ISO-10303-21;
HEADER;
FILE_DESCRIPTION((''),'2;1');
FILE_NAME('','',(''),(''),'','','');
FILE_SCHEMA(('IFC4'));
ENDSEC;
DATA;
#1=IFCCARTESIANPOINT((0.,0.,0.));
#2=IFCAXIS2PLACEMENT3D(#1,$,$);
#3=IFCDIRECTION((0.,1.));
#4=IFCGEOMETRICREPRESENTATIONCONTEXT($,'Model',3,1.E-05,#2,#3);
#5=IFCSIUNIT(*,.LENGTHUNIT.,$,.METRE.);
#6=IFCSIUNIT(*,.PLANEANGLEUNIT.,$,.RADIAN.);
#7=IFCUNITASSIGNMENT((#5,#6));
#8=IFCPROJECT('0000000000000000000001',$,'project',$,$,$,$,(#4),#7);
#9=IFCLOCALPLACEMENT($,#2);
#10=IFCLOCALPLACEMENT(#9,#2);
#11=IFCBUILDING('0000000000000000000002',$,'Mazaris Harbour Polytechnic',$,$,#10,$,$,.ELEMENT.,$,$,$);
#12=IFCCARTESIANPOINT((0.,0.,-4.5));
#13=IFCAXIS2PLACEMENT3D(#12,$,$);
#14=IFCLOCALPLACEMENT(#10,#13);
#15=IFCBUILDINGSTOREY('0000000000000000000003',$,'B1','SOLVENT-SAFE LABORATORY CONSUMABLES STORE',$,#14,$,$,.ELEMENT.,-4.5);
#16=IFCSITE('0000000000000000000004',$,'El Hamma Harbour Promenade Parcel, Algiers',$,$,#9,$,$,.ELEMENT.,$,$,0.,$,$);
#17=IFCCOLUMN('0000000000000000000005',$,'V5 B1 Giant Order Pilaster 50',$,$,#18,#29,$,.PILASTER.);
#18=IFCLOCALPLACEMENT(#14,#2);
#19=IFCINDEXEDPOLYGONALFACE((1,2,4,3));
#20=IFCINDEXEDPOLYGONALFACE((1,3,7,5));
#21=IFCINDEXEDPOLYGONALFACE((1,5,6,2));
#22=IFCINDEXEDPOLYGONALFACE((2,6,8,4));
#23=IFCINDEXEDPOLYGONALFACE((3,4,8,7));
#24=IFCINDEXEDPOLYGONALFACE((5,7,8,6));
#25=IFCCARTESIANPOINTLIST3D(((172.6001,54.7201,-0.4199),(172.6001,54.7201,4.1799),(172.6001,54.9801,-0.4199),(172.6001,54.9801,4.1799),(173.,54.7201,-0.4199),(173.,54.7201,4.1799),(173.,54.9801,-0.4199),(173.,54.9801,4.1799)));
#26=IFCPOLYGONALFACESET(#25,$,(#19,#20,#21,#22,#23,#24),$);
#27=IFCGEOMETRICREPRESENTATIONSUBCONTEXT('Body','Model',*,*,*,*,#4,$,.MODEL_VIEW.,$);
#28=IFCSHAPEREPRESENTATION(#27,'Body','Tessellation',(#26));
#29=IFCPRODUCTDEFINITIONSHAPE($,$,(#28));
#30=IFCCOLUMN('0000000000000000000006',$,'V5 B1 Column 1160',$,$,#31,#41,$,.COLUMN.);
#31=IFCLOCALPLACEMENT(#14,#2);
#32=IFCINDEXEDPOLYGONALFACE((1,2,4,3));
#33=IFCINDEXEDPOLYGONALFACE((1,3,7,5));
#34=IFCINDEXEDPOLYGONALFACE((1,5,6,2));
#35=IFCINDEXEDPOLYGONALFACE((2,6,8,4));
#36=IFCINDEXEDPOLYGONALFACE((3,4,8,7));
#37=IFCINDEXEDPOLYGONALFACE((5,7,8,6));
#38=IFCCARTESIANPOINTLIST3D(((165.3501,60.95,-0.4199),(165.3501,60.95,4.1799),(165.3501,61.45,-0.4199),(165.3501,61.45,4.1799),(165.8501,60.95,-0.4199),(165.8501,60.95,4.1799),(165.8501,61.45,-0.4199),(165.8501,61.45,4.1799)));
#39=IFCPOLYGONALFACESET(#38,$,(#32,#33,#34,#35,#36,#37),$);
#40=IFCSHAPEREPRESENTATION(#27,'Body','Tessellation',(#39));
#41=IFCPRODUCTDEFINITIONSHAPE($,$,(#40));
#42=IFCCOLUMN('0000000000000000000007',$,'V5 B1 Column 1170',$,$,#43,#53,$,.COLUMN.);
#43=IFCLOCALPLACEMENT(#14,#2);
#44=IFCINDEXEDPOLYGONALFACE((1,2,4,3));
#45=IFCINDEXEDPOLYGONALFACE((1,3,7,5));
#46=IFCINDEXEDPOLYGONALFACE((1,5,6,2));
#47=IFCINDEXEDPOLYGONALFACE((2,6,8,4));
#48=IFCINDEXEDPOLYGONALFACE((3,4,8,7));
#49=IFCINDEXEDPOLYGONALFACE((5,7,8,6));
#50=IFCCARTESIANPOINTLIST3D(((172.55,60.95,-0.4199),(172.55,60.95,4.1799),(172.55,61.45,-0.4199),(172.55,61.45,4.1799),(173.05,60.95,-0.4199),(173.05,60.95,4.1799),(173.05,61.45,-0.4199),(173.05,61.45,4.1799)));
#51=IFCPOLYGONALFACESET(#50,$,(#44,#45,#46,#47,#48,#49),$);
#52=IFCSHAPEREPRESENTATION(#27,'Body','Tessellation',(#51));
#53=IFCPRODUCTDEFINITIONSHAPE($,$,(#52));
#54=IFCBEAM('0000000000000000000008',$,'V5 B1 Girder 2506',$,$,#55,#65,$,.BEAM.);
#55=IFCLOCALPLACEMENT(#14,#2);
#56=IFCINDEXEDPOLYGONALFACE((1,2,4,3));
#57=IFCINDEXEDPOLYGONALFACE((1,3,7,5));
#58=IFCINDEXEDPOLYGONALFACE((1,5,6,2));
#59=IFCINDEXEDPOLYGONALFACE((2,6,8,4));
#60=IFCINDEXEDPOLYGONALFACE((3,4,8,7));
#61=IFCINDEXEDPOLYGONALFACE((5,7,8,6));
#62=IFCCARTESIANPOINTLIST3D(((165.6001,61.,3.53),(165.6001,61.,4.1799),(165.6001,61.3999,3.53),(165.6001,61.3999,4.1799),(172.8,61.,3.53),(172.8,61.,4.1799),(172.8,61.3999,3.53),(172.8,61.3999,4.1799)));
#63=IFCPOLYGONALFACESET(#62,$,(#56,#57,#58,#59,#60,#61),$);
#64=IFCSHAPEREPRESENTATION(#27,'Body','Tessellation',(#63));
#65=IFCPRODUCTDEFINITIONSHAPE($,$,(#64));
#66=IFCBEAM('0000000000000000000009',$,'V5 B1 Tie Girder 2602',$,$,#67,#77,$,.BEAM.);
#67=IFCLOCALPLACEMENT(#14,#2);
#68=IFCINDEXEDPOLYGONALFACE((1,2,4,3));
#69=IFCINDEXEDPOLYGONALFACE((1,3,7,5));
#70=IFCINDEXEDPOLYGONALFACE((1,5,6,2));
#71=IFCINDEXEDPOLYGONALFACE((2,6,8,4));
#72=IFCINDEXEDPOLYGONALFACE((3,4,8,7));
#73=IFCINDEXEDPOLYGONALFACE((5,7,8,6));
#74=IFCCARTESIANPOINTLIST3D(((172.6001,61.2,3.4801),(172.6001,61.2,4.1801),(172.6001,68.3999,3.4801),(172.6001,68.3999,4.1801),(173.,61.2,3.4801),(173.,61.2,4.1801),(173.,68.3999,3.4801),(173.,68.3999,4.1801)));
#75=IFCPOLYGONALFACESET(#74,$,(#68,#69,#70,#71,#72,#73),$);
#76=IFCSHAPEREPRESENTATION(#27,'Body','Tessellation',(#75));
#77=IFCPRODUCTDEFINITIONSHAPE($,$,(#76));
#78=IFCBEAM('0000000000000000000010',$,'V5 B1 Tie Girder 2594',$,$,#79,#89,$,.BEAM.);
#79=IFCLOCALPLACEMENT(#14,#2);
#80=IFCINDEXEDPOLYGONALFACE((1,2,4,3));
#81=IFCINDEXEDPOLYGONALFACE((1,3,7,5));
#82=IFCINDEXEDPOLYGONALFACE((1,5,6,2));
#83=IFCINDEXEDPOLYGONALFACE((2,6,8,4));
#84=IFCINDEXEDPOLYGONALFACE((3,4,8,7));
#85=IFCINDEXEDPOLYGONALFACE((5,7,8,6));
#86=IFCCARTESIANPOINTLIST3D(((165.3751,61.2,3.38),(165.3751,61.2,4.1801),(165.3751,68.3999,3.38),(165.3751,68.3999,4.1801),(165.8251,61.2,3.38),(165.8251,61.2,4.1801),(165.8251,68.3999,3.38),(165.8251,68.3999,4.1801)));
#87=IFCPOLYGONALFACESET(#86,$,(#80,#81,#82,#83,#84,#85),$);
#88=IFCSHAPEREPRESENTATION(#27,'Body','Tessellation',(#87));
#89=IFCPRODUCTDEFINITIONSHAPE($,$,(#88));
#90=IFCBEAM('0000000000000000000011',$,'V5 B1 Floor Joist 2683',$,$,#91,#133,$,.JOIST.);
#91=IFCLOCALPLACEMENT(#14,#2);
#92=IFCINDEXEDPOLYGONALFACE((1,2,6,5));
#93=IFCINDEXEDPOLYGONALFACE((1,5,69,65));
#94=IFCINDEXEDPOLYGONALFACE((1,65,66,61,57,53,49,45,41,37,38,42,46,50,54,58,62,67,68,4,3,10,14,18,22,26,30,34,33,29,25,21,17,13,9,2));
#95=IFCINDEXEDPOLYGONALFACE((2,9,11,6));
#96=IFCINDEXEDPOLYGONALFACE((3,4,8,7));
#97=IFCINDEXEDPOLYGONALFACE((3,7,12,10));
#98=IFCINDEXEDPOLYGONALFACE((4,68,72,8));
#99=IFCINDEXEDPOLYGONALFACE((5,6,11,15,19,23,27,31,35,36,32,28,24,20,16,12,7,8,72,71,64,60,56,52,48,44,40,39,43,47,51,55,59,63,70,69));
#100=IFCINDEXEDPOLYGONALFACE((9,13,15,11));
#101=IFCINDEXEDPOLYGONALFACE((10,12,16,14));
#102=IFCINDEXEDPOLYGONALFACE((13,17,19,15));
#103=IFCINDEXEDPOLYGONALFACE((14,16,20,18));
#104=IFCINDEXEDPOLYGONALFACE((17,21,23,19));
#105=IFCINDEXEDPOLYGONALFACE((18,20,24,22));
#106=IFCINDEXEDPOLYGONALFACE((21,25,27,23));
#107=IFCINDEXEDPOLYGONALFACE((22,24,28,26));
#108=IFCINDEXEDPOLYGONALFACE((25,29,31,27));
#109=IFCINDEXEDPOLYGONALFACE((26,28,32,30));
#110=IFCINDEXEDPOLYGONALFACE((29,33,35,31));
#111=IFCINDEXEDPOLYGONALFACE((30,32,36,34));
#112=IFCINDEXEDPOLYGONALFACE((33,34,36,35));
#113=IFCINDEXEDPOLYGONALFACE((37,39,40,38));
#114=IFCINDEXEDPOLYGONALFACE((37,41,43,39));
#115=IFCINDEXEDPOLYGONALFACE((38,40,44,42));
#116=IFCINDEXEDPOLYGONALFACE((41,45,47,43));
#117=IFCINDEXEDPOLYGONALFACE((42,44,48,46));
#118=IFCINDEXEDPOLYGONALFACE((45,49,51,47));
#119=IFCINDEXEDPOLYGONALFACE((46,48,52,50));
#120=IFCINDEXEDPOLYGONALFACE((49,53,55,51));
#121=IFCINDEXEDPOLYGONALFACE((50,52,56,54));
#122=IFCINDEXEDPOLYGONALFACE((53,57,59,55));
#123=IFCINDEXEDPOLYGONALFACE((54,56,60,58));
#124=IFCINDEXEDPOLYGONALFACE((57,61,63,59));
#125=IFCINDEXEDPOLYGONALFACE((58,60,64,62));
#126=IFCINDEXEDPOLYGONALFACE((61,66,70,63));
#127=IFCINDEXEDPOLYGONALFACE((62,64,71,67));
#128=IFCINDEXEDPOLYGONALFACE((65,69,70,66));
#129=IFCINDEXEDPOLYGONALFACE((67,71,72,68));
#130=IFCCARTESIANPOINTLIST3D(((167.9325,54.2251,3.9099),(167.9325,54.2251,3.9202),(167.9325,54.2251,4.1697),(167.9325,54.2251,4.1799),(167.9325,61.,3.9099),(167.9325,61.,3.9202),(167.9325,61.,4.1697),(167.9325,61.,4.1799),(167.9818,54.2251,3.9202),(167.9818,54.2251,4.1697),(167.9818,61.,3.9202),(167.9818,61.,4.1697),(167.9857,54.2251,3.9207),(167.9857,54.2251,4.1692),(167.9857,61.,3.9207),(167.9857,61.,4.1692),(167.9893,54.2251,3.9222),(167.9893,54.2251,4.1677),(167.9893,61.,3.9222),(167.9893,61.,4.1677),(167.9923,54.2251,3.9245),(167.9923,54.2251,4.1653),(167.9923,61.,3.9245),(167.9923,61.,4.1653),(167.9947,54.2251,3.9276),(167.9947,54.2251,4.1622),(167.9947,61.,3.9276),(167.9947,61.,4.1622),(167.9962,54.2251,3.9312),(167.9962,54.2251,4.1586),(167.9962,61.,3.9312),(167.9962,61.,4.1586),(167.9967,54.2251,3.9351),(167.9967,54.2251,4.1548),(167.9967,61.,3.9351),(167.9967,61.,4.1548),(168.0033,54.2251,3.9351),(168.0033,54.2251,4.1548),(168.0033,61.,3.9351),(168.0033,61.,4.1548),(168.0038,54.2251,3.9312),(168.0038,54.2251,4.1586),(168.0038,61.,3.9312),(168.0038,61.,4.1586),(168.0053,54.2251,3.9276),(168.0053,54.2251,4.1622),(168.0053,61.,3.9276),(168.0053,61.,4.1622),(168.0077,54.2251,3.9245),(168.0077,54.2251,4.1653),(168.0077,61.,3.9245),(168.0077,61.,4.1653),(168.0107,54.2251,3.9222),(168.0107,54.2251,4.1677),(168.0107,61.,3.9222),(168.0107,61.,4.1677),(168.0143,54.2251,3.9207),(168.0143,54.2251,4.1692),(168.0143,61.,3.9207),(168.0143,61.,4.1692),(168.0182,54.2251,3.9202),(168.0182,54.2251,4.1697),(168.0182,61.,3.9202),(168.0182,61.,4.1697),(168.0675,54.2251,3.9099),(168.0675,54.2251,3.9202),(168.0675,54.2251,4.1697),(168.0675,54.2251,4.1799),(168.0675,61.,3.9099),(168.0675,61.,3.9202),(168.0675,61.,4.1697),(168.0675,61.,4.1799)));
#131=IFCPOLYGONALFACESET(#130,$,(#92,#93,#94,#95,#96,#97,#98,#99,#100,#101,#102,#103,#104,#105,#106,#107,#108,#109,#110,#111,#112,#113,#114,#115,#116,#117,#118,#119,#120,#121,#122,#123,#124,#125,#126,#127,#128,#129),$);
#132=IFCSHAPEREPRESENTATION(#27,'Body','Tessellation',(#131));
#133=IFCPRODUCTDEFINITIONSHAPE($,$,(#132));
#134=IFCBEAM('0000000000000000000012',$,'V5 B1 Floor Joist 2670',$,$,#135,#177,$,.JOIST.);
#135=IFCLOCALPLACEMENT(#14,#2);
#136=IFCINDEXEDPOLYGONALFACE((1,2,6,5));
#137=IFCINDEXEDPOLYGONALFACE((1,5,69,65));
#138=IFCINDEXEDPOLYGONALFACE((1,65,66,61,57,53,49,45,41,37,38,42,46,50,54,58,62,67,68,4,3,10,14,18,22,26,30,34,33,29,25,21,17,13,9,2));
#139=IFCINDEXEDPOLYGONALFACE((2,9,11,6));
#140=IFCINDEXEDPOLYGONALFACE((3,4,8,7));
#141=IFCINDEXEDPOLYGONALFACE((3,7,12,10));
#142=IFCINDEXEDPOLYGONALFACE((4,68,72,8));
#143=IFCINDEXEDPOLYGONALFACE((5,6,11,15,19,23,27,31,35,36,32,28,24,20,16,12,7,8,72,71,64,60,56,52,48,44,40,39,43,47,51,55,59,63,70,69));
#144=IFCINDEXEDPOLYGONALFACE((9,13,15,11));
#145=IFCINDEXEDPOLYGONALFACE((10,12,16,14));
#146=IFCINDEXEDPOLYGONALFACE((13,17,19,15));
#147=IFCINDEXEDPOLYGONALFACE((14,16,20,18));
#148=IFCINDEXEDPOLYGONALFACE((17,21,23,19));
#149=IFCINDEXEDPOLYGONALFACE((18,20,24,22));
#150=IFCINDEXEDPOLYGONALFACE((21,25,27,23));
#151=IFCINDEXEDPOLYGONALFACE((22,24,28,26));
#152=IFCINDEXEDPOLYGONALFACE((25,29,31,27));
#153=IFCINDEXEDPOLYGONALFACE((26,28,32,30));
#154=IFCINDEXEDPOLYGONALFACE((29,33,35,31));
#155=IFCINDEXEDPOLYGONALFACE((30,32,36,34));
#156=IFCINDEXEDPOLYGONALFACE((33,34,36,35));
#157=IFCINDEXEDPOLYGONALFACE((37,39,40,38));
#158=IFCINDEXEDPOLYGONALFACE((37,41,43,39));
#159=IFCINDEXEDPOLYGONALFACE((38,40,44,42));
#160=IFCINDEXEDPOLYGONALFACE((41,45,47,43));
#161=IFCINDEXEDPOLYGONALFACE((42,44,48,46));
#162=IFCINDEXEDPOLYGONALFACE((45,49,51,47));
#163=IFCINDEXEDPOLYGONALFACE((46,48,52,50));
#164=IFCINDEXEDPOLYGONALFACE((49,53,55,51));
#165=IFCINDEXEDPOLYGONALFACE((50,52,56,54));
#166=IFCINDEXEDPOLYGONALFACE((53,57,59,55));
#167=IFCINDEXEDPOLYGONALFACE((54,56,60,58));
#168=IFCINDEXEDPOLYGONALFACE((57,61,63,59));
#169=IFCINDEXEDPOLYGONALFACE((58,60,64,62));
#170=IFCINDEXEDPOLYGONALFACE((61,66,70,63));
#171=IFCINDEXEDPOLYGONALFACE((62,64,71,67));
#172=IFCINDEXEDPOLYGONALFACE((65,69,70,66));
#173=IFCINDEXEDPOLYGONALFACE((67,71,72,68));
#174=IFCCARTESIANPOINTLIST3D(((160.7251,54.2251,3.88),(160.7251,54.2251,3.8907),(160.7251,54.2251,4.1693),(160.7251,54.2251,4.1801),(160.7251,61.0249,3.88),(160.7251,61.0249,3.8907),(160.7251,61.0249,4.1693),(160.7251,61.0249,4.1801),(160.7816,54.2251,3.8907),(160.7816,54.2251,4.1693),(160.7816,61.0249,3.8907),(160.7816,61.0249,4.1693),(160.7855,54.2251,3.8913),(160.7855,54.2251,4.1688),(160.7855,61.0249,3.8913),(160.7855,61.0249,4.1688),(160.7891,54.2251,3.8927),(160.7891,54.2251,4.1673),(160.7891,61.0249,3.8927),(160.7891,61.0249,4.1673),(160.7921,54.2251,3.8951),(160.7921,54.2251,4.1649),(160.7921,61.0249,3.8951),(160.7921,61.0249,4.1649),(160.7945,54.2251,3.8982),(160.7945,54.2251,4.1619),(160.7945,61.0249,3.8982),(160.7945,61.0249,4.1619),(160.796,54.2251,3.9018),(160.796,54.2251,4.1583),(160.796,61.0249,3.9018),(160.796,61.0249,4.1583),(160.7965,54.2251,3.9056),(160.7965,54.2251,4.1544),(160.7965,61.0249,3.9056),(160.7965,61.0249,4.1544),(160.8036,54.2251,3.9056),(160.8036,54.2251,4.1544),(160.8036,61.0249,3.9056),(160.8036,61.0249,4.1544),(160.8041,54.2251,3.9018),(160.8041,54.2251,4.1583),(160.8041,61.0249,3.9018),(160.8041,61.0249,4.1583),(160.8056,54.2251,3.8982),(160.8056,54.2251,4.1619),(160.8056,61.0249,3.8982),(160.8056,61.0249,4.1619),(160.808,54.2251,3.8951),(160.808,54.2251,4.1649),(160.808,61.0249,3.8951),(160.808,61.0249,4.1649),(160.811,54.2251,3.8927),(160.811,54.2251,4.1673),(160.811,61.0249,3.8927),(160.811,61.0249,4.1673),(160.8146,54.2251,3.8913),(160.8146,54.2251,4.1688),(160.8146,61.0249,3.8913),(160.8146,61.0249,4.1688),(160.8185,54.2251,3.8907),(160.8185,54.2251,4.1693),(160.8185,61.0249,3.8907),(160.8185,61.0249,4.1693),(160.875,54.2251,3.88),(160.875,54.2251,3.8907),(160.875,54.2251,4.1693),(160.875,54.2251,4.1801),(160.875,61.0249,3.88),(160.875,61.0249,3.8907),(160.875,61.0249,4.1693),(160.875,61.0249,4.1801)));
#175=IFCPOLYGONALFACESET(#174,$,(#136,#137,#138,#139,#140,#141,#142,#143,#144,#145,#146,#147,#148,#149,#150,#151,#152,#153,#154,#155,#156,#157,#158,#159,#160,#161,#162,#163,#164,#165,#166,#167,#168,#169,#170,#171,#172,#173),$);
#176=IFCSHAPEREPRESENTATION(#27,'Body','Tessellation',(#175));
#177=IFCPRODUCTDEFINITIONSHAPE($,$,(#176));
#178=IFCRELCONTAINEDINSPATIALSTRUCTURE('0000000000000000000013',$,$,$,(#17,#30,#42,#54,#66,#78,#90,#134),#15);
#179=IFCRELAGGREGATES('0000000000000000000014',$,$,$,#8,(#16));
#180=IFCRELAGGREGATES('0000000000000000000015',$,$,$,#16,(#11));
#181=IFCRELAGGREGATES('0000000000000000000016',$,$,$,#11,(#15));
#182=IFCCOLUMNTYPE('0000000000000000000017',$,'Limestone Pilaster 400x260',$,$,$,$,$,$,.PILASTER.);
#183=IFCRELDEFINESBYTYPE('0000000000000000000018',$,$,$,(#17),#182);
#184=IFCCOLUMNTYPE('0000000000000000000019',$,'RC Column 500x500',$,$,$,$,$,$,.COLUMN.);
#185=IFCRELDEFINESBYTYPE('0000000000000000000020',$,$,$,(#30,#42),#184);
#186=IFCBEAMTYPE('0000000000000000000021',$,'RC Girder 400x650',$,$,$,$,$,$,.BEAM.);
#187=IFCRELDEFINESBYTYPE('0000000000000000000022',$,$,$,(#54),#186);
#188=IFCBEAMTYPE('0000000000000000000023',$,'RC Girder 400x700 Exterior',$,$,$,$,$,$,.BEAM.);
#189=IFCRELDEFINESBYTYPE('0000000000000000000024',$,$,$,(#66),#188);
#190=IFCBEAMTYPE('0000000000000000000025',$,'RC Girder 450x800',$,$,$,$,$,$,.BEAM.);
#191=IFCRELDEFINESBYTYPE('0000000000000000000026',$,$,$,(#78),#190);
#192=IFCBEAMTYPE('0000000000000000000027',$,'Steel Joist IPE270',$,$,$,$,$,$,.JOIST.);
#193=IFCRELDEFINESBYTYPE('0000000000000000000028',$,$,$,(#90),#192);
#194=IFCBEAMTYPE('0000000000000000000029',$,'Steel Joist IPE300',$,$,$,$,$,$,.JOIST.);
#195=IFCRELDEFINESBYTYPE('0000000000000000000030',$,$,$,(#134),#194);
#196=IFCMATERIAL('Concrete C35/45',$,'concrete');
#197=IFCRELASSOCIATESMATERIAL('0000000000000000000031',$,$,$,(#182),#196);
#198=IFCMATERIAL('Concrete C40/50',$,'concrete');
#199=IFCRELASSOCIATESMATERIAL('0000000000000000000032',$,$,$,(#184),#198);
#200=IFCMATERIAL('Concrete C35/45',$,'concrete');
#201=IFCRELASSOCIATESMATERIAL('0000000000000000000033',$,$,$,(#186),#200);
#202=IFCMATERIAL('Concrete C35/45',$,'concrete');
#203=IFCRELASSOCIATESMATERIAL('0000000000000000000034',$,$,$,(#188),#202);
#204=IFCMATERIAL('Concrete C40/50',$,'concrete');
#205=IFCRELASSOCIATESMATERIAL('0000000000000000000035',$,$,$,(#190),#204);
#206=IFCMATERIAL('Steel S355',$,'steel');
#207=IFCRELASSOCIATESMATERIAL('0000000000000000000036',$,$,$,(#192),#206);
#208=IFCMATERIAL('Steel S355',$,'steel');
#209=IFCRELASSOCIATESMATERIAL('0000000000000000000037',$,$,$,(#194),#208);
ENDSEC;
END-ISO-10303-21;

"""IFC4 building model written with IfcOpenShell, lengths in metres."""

from ifc_helpers import new_model, si_unit, direction, frame, origin, origin_2d, place, context, subcontext, project, spatial, rectangle, i_section, extrude, material, material_profile, profile_set, type_object, element, save


model = new_model("IFC4")

# Units and contexts
model_context = context("Model", 3, precision=1e-05, world=origin(), true_north=direction((0.0, 1.0)))
body_context = subcontext(model_context, "Body", "Model", "MODEL_VIEW")
ifc_project = project(units=[si_unit("LENGTHUNIT", "METRE"), si_unit("PLANEANGLEUNIT", "RADIAN")], contexts=[model_context])

# Site, building, storey
site_placement = place(None, origin())
site = spatial("IfcSite", under=ifc_project, at=site_placement, Name="El Hamma Harbour Promenade Parcel, Algiers", CompositionType="ELEMENT", RefElevation=0.0)
building_placement = place(site_placement, origin())
building = spatial("IfcBuilding", under=site, at=building_placement, Name="Mazaris Harbour Polytechnic", CompositionType="ELEMENT")
storey_placement = place(building_placement, frame((0.0, 0.0, -4.5)))
storey = spatial("IfcBuildingStorey", under=building, at=storey_placement, Name="B1", Description="SOLVENT-SAFE LABORATORY CONSUMABLES STORE", CompositionType="ELEMENT", Elevation=-4.5)

# Columns
ifc_material_1 = material(Name="Concrete C35/45", Category="concrete")
ifc_material_profile_1 = material_profile(ifc_material_1, rectangle(XDim=0.3999, YDim=0.26, at=origin_2d()), Name="RECT400x260")
ifc_profile_set_1 = profile_set([ifc_material_profile_1], Name="Concrete C35/45")
column_type_1 = type_object("IfcColumnType", Name="Limestone Pilaster 400x260", PredefinedType="PILASTER", material=ifc_profile_set_1)
column_placement = place(storey_placement, frame((172.8, 54.8501, -0.4199), z_axis=(0.0, 0.0, 1.0), x_axis=(1.0, 0.0, 0.0)))
element("IfcColumn", 1, at=column_placement, inside=storey, type_object=column_type_1, Name="V5 B1 Giant Order Pilaster 50", PredefinedType="PILASTER", context=body_context, shape_type="SweptSolid", body=[
    extrude(rectangle(XDim=0.3999, YDim=0.26, at=origin_2d()), origin(), (0.0, 0.0, 1.0), 4.5999),
])
ifc_material_2 = material(Name="Concrete C40/50", Category="concrete")
ifc_material_profile_2 = material_profile(ifc_material_2, rectangle(XDim=0.5, YDim=0.5, at=origin_2d()), Name="RECT500x500")
ifc_profile_set_2 = profile_set([ifc_material_profile_2], Name="Concrete C40/50")
column_type_2 = type_object("IfcColumnType", Name="RC Column 500x500", PredefinedType="COLUMN", material=ifc_profile_set_2)
for number, where, z_axis, x_axis, name in (
    (2, (165.6001, 61.2, -0.4199), (0.0, 0.0, 1.0), (1.0, 0.0, 0.0), "V5 B1 Column 1160"),
    (3, (172.8, 61.2, -0.4199), (0.0, 0.0, 1.0), (1.0, 0.0, 0.0), "V5 B1 Column 1170"),
):
    element("IfcColumn", number, at=place(storey_placement, frame(where, z_axis=z_axis, x_axis=x_axis)), inside=storey, type_object=column_type_2, Name=name, PredefinedType="COLUMN", context=body_context, shape_type="SweptSolid", body=[
        extrude(rectangle(XDim=0.5, YDim=0.5, at=origin_2d()), origin(), (0.0, 0.0, 1.0), 4.5999),
    ])

# Beams
ifc_material_3 = material(Name="Concrete C35/45", Category="concrete")
ifc_material_profile_3 = material_profile(ifc_material_3, rectangle(XDim=0.3999, YDim=0.6499, at=origin_2d()), Name="RECT400x650")
ifc_profile_set_3 = profile_set([ifc_material_profile_3], Name="Concrete C35/45")
beam_type_1 = type_object("IfcBeamType", Name="RC Girder 400x650", PredefinedType="BEAM", material=ifc_profile_set_3)
beam_1_placement = place(storey_placement, frame((165.6001, 61.2, 3.855), z_axis=(1.0, 0.0, 0.0), x_axis=(0.0, 1.0, 0.0)))
element("IfcBeam", 4, at=beam_1_placement, inside=storey, type_object=beam_type_1, Name="V5 B1 Girder 2506", PredefinedType="BEAM", context=body_context, shape_type="SweptSolid", body=[
    extrude(rectangle(XDim=0.3999, YDim=0.6499, at=origin_2d()), origin(), (0.0, 0.0, 1.0), 7.2),
])
ifc_material_4 = material(Name="Concrete C35/45", Category="concrete")
ifc_material_profile_4 = material_profile(ifc_material_4, rectangle(XDim=0.3999, YDim=0.7, at=origin_2d()), Name="RECT400x700")
ifc_profile_set_4 = profile_set([ifc_material_profile_4], Name="Concrete C35/45")
beam_type_2 = type_object("IfcBeamType", Name="RC Girder 400x700 Exterior", PredefinedType="BEAM", material=ifc_profile_set_4)
beam_2_placement = place(storey_placement, frame((172.8, 61.2, 3.8301), z_axis=(0.0, 1.0, 0.0), x_axis=(-1.0, 0.0, 0.0)))
element("IfcBeam", 5, at=beam_2_placement, inside=storey, type_object=beam_type_2, Name="V5 B1 Tie Girder 2602", PredefinedType="BEAM", context=body_context, shape_type="SweptSolid", body=[
    extrude(rectangle(XDim=0.3999, YDim=0.7, at=origin_2d()), origin(), (0.0, 0.0, 1.0), 7.2),
])
ifc_material_5 = material(Name="Concrete C40/50", Category="concrete")
ifc_material_profile_5 = material_profile(ifc_material_5, rectangle(XDim=0.45, YDim=0.8, at=origin_2d()), Name="RECT450x800")
ifc_profile_set_5 = profile_set([ifc_material_profile_5], Name="Concrete C40/50")
beam_type_3 = type_object("IfcBeamType", Name="RC Girder 450x800", PredefinedType="BEAM", material=ifc_profile_set_5)
beam_3_placement = place(storey_placement, frame((165.6001, 61.2, 3.78), z_axis=(0.0, 1.0, 0.0), x_axis=(-1.0, 0.0, 0.0)))
element("IfcBeam", 6, at=beam_3_placement, inside=storey, type_object=beam_type_3, Name="V5 B1 Tie Girder 2594", PredefinedType="BEAM", context=body_context, shape_type="SweptSolid", body=[
    extrude(rectangle(XDim=0.45, YDim=0.8, at=origin_2d()), origin(), (0.0, 0.0, 1.0), 7.2),
])
ifc_material_6 = material(Name="Steel S355", Category="steel")
ifc_material_profile_6 = material_profile(ifc_material_6, i_section(OverallWidth=0.135, OverallDepth=0.27, WebThickness=0.0066, FlangeThickness=0.0103, FilletRadius=0.0149, at=origin_2d()), Name="IPE 270")
ifc_profile_set_6 = profile_set([ifc_material_profile_6], Name="Steel S355")
beam_type_4 = type_object("IfcBeamType", Name="Steel Joist IPE270", PredefinedType="JOIST", material=ifc_profile_set_6)
beam_4_placement = place(storey_placement, frame((168.0, 54.2251, 4.0449), z_axis=(0.0, 1.0, 0.0), x_axis=(-1.0, 0.0, 0.0)))
element("IfcBeam", 7, at=beam_4_placement, inside=storey, type_object=beam_type_4, Name="V5 B1 Floor Joist 2683", PredefinedType="JOIST", context=body_context, shape_type="SweptSolid", body=[
    extrude(i_section(OverallWidth=0.135, OverallDepth=0.27, WebThickness=0.0066, FlangeThickness=0.0103, FilletRadius=0.0149, at=origin_2d()), origin(), (0.0, 0.0, 1.0), 6.7749),
])
ifc_material_7 = material(Name="Steel S355", Category="steel")
ifc_material_profile_7 = material_profile(ifc_material_7, i_section(OverallWidth=0.1499, OverallDepth=0.3, WebThickness=0.0071, FlangeThickness=0.0107, FilletRadius=0.0149, at=origin_2d()), Name="IPE 300")
ifc_profile_set_7 = profile_set([ifc_material_profile_7], Name="Steel S355")
beam_type_5 = type_object("IfcBeamType", Name="Steel Joist IPE300", PredefinedType="JOIST", material=ifc_profile_set_7)
beam_5_placement = place(storey_placement, frame((160.8, 54.2251, 4.03), z_axis=(0.0, 1.0, 0.0), x_axis=(-1.0, 0.0, 0.0)))
element("IfcBeam", 8, at=beam_5_placement, inside=storey, type_object=beam_type_5, Name="V5 B1 Floor Joist 2670", PredefinedType="JOIST", context=body_context, shape_type="SweptSolid", body=[
    extrude(i_section(OverallWidth=0.1499, OverallDepth=0.3, WebThickness=0.0071, FlangeThickness=0.0107, FilletRadius=0.0149, at=origin_2d()), origin(), (0.0, 0.0, 1.0), 6.7998),
])

save(model, "model.ifc")
